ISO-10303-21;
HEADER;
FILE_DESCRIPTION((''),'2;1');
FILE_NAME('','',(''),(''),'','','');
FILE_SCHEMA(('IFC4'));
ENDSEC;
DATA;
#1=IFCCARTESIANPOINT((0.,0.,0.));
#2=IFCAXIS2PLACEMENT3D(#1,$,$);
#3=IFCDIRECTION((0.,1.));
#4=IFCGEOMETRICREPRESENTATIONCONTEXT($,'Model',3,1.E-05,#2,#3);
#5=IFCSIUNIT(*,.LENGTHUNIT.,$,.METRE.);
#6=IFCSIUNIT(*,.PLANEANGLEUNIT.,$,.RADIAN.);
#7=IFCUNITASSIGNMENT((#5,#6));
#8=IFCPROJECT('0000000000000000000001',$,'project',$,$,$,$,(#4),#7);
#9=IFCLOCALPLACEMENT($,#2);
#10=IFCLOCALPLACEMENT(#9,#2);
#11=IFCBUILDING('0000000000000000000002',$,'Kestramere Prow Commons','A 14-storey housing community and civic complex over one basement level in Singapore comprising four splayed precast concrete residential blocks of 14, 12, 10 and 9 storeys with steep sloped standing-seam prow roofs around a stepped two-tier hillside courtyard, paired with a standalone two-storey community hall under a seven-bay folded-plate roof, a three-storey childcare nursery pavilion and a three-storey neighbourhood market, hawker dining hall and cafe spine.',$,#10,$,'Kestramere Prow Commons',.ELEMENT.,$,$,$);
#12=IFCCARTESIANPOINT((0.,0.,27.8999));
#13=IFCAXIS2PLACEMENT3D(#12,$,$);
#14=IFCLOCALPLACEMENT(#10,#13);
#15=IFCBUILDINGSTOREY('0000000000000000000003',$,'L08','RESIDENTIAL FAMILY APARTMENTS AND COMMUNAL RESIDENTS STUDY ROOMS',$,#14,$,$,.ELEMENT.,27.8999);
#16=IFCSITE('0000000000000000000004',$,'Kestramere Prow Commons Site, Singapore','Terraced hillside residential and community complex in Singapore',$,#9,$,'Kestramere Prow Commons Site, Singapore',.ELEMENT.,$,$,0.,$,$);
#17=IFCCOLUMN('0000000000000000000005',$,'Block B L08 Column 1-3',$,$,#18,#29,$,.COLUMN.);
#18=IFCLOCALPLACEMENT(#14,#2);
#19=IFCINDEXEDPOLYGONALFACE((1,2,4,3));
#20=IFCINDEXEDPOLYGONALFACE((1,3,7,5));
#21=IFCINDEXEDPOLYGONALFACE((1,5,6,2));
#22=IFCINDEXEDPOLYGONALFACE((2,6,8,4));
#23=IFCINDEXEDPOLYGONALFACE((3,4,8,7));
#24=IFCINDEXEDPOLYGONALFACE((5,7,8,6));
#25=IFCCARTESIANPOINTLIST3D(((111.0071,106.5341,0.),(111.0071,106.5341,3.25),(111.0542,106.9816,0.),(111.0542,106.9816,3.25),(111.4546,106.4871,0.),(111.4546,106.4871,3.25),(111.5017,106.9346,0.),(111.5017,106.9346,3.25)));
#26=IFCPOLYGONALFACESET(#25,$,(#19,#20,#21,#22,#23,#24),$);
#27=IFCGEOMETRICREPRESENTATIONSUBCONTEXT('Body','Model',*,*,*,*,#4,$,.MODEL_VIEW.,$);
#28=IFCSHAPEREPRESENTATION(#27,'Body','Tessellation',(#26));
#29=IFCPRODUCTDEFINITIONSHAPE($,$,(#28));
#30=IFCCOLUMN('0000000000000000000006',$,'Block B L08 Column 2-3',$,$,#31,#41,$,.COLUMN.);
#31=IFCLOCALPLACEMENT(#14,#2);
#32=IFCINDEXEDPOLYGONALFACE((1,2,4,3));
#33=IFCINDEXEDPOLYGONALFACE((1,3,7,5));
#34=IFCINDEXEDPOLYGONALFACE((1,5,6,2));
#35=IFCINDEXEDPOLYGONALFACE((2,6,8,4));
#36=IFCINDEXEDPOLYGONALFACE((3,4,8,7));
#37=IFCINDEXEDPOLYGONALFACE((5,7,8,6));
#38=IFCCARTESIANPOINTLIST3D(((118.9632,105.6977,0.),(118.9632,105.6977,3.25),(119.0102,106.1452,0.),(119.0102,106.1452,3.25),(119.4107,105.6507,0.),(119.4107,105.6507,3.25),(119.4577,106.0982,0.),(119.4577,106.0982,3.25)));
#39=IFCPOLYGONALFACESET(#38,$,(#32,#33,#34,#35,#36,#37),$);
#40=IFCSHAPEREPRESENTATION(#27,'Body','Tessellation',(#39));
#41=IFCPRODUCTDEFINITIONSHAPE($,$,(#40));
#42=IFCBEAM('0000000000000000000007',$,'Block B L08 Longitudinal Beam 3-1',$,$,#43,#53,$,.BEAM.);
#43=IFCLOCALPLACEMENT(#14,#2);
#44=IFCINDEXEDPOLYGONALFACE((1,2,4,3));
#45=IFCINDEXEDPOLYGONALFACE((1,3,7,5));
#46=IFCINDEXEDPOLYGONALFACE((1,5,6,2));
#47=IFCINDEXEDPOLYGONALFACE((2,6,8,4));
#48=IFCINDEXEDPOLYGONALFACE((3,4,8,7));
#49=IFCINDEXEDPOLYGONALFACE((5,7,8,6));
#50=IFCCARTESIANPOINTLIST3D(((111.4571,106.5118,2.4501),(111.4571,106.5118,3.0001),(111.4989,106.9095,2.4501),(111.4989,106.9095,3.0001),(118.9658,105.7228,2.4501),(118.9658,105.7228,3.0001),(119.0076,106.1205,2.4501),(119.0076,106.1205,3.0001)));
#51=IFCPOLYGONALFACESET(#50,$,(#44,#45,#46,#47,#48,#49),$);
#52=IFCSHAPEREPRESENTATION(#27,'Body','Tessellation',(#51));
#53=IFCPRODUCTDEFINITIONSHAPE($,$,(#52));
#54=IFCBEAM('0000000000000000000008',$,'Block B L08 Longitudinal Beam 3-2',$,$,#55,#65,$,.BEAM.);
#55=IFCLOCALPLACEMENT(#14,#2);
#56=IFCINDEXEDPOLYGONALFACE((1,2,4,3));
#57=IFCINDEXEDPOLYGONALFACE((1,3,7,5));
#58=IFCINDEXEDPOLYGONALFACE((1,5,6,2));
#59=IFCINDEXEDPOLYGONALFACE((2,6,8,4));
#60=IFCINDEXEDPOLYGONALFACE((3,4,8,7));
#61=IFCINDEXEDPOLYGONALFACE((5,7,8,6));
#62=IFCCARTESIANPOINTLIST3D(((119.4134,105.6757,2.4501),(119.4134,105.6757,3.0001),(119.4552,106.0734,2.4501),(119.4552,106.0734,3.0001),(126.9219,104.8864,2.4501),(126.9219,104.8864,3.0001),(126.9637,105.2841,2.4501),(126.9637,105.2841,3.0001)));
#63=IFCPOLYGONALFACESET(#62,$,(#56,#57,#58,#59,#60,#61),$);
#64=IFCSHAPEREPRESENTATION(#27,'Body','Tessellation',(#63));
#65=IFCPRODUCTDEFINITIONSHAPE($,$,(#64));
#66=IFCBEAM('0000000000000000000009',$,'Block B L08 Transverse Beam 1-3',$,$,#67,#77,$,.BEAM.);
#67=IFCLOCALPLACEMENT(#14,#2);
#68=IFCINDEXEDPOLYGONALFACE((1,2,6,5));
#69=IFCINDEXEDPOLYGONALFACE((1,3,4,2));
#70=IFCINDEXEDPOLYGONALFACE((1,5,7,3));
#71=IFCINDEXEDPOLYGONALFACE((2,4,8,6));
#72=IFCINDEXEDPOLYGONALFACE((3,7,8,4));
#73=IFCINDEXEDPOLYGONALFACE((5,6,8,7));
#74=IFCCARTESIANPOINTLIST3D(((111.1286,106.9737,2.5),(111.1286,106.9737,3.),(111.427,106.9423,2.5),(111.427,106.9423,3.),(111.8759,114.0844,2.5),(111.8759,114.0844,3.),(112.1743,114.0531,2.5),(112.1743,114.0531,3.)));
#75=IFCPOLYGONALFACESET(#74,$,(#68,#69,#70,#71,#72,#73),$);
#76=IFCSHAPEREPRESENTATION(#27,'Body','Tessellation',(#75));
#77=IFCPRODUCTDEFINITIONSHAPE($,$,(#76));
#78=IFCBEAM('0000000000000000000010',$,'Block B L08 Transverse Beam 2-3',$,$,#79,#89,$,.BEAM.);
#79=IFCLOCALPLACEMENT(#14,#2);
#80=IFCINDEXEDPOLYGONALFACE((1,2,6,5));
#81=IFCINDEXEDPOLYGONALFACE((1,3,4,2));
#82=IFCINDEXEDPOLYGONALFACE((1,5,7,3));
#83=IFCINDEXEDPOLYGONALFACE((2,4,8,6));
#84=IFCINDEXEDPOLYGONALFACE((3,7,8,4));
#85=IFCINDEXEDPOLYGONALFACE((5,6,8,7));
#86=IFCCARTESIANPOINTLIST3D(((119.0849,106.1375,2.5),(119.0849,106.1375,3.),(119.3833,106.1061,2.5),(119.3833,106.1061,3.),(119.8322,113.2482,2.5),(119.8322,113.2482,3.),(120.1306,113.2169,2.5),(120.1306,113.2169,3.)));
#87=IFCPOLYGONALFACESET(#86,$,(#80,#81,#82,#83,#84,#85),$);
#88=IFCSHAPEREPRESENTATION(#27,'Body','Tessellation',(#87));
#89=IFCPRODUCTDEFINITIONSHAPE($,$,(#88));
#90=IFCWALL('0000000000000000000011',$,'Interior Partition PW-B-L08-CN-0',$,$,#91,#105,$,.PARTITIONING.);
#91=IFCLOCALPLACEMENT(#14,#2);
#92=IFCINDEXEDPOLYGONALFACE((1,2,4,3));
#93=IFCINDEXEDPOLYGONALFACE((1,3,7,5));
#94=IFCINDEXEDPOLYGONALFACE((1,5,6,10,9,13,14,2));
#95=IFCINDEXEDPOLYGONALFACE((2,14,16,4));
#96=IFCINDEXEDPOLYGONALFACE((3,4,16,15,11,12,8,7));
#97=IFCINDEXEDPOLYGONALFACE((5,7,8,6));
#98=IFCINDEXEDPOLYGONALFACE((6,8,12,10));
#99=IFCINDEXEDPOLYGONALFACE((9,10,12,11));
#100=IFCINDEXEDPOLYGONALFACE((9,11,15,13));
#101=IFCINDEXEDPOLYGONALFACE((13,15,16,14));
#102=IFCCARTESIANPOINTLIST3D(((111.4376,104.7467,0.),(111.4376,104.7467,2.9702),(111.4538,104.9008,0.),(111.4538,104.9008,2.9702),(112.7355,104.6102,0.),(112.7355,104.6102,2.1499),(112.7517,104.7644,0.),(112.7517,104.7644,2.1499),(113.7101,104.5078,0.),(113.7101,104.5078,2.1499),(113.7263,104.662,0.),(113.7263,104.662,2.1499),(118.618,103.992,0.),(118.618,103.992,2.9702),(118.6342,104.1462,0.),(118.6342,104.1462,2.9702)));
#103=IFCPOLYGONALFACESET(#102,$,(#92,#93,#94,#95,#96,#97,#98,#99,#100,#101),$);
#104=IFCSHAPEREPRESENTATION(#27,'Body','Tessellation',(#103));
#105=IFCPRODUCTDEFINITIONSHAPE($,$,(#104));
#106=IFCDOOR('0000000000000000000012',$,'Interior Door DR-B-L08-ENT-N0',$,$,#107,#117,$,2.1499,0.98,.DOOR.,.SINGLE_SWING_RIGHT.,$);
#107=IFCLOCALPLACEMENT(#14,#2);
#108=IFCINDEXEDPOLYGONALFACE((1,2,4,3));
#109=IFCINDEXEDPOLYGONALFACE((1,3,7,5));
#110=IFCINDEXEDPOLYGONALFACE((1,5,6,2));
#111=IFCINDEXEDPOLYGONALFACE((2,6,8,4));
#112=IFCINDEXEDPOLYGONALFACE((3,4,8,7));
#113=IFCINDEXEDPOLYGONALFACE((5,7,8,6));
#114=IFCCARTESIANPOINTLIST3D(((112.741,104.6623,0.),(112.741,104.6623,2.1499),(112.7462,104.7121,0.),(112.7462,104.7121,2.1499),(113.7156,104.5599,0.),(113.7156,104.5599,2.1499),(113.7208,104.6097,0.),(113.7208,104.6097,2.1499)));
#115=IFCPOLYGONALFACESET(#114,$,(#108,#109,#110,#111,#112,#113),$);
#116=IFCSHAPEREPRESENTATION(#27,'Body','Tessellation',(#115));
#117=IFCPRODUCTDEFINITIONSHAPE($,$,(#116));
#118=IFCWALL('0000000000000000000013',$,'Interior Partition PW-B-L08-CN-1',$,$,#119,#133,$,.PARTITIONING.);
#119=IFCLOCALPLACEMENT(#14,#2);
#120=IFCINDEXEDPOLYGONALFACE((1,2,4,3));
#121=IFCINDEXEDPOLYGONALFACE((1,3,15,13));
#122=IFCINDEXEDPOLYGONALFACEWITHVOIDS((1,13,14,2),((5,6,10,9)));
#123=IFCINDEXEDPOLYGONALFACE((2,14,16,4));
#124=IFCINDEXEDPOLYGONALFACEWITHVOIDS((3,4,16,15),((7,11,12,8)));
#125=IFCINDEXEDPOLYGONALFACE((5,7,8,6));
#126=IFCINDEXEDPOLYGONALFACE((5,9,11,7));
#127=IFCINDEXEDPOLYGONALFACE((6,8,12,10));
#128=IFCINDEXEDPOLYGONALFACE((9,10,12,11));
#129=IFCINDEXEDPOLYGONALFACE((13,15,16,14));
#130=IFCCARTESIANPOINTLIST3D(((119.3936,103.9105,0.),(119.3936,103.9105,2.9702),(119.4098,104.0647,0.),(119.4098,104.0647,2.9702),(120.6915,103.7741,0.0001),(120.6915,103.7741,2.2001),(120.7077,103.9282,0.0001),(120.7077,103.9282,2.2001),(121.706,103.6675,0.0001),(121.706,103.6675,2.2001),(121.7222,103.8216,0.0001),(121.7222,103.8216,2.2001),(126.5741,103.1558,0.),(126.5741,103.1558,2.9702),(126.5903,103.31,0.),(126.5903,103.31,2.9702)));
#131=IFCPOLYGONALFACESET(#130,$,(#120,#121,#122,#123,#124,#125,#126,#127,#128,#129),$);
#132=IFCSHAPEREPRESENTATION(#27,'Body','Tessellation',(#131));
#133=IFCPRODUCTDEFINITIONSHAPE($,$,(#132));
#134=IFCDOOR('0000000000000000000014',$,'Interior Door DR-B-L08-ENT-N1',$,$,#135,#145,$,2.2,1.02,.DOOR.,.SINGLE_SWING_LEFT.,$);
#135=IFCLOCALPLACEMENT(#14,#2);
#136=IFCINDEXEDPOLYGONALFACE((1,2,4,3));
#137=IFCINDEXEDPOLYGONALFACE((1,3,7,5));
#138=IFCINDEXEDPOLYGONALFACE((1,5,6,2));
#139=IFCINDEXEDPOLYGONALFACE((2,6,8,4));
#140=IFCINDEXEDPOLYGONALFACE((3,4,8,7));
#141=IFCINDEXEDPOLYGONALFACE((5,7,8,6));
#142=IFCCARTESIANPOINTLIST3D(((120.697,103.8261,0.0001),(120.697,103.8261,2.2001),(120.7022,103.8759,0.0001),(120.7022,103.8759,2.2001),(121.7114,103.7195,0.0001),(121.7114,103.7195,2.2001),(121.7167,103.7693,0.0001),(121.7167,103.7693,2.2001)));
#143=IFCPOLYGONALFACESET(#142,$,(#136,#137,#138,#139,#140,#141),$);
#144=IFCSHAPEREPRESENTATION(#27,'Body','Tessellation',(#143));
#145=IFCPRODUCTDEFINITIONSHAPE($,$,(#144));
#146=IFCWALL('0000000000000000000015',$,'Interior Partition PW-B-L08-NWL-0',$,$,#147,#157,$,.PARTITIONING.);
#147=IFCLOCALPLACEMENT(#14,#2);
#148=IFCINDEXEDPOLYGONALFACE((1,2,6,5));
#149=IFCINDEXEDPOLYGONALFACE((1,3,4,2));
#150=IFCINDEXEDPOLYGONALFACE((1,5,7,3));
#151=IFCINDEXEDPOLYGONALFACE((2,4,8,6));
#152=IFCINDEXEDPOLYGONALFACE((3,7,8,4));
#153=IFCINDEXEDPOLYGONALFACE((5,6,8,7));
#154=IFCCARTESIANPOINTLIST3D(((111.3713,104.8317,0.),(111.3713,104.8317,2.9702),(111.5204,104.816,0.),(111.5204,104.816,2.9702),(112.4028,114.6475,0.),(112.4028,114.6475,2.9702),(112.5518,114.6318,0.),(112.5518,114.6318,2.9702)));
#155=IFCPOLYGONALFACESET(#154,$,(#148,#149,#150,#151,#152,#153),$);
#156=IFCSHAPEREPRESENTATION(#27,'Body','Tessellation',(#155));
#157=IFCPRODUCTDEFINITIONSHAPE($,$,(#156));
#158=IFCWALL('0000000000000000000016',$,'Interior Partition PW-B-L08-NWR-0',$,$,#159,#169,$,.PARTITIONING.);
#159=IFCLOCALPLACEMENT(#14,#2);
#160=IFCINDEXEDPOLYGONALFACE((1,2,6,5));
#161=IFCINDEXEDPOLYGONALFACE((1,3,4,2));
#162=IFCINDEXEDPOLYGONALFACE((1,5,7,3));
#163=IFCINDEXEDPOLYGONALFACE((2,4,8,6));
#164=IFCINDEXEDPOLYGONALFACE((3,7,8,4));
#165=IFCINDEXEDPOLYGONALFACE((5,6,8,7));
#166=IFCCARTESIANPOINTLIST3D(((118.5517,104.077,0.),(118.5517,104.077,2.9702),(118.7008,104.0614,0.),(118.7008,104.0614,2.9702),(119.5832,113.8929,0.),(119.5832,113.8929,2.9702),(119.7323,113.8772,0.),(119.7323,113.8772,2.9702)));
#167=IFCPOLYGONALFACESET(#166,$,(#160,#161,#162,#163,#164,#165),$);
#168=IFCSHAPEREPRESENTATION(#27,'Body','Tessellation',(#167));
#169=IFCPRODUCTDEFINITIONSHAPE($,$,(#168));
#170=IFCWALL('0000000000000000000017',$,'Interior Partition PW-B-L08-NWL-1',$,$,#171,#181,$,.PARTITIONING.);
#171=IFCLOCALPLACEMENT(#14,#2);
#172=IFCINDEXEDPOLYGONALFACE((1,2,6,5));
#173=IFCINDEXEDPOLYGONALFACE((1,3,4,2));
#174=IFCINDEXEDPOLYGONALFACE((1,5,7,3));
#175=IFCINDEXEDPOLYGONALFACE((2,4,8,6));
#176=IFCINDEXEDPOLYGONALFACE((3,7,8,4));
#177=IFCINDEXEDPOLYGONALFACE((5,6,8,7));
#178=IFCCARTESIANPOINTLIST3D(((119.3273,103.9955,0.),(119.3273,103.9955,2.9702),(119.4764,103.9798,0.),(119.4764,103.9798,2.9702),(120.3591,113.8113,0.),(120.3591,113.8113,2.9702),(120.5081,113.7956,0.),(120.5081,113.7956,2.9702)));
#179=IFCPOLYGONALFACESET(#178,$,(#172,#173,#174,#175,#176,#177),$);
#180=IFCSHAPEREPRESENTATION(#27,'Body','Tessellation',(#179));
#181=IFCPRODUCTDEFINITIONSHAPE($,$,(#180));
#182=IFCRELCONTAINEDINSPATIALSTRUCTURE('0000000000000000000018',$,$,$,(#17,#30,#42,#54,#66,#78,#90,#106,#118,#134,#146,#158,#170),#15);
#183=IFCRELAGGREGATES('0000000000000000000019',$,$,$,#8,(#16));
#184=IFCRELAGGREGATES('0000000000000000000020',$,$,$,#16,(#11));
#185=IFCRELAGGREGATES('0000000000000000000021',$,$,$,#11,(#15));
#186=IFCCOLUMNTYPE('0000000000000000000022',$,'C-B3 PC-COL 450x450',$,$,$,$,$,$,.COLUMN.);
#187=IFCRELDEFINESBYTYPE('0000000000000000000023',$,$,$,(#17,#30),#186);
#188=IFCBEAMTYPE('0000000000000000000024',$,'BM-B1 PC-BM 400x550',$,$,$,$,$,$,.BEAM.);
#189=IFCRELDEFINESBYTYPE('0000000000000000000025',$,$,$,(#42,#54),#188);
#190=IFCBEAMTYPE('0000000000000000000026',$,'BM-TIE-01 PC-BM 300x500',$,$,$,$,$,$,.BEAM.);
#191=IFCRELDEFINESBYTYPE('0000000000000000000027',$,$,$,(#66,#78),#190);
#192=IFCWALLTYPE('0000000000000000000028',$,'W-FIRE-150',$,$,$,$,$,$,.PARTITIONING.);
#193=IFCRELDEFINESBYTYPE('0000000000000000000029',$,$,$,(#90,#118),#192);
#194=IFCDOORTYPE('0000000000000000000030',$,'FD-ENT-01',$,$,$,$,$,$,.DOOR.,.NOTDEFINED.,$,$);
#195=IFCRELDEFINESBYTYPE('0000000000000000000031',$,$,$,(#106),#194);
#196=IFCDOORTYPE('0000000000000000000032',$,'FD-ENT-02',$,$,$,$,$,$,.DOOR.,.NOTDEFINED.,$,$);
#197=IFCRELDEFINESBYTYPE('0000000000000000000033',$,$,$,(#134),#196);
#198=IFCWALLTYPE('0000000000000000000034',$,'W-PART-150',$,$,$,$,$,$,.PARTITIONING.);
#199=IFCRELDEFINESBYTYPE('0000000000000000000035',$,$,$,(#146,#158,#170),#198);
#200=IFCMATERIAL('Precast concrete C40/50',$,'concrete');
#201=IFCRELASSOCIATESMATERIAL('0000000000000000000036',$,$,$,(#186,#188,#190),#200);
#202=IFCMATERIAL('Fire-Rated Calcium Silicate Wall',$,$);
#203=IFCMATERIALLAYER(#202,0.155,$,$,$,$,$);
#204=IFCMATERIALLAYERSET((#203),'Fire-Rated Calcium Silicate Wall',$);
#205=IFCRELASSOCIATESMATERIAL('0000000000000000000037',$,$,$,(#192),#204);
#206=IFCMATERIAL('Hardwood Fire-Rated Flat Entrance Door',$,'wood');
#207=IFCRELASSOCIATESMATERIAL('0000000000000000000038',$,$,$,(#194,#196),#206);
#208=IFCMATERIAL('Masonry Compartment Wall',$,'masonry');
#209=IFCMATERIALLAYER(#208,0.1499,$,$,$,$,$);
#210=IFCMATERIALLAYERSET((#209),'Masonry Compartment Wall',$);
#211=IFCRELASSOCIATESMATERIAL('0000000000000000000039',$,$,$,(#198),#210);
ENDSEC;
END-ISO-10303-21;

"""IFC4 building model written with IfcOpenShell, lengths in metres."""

from ifc_helpers import new_model, si_unit, direction, frame, frame_2d, origin, origin_2d, place, context, subcontext, project, spatial, rectangle, extrude, material, layer, layer_set, material_profile, profile_set, type_object, element, fill, save


model = new_model("IFC4")

# Units and contexts
model_context = context("Model", 3, precision=1e-05, world=origin(), true_north=direction((0.0, 1.0)))
body_context = subcontext(model_context, "Body", "Model", "MODEL_VIEW")
ifc_project = project(units=[si_unit("LENGTHUNIT", "METRE"), si_unit("PLANEANGLEUNIT", "RADIAN")], contexts=[model_context])

# Site, building, storey
site_placement = place(None, origin())
site = spatial("IfcSite", under=ifc_project, at=site_placement, Name="Kestramere Prow Commons Site, Singapore", Description="Terraced hillside residential and community complex in Singapore", LongName="Kestramere Prow Commons Site, Singapore", CompositionType="ELEMENT", RefElevation=0.0)
building_placement = place(site_placement, origin())
building = spatial("IfcBuilding", under=site, at=building_placement, Name="Kestramere Prow Commons", Description="A 14-storey housing community and civic complex over one basement level in Singapore comprising four splayed precast concrete residential blocks of 14, 12, 10 and 9 storeys with steep sloped standing-seam prow roofs around a stepped two-tier hillside courtyard, paired with a standalone two-storey community hall under a seven-bay folded-plate roof, a three-storey childcare nursery pavilion and a three-storey neighbourhood market, hawker dining hall and cafe spine.", LongName="Kestramere Prow Commons", CompositionType="ELEMENT")
storey_placement = place(building_placement, frame((0.0, 0.0, 27.8999)))
storey = spatial("IfcBuildingStorey", under=building, at=storey_placement, Name="L08", Description="RESIDENTIAL FAMILY APARTMENTS AND COMMUNAL RESIDENTS STUDY ROOMS", CompositionType="ELEMENT", Elevation=27.8999)

# Columns
ifc_material_1 = material(Name="Precast concrete C40/50", Category="concrete")
ifc_material_profile_1 = material_profile(ifc_material_1, rectangle(XDim=0.45, YDim=0.45, at=origin_2d()), Name="PC-COL 450x450")
ifc_profile_set_1 = profile_set([ifc_material_profile_1], Name="Precast concrete C40/50")
column_type = type_object("IfcColumnType", Name="C-B3 PC-COL 450x450", PredefinedType="COLUMN", material=ifc_profile_set_1)
for number, where, z_axis, x_axis, name in (
    (1, (111.2544, 106.7344, 0.0), (0.0, 0.0, 1.0), (0.994522, -0.104528, 0.0), "Block B L08 Column 1-3"),
    (2, (119.2104, 105.8979, 0.0), (0.0, 0.0, 1.0), (0.994522, -0.104528, 0.0), "Block B L08 Column 2-3"),
):
    element("IfcColumn", number, at=place(storey_placement, frame(where, z_axis=z_axis, x_axis=x_axis)), inside=storey, type_object=column_type, Name=name, PredefinedType="COLUMN", context=body_context, shape_type="SweptSolid", body=[
        extrude(rectangle(XDim=0.45, YDim=0.45, at=origin_2d()), origin(), (0.0, 0.0, 1.0), 3.25),
    ])

# Beams
ifc_material_profile_2 = material_profile(ifc_material_1, rectangle(XDim=0.3999, YDim=0.55, at=origin_2d()), Name="PC-BM 400x550")
ifc_profile_set_2 = profile_set([ifc_material_profile_2], Name="Precast concrete C40/50")
beam_type_1 = type_object("IfcBeamType", Name="BM-B1 PC-BM 400x550", PredefinedType="BEAM", material=ifc_profile_set_2)
beam_1_placement = place(storey_placement, frame((111.478, 106.7107, 2.7251), z_axis=(0.994524, -0.10451, 0.0), x_axis=(0.10451, 0.994524, 0.0)))
element("IfcBeam", 3, at=beam_1_placement, inside=storey, type_object=beam_type_1, Name="Block B L08 Longitudinal Beam 3-1", PredefinedType="BEAM", context=body_context, shape_type="SweptSolid", body=[
    extrude(rectangle(XDim=0.3999, YDim=0.55, at=origin_2d()), origin(), (0.0, 0.0, 1.0), 7.55),
])
beam_2_placement = place(storey_placement, frame((119.4343, 105.8745, 2.7251), z_axis=(0.99452, -0.104545, 0.0), x_axis=(0.104545, 0.99452, 0.0)))
element("IfcBeam", 4, at=beam_2_placement, inside=storey, type_object=beam_type_1, Name="Block B L08 Longitudinal Beam 3-2", PredefinedType="BEAM", context=body_context, shape_type="SweptSolid", body=[
    extrude(rectangle(XDim=0.3999, YDim=0.55, at=origin_2d()), origin(), (0.0, 0.0, 1.0), 7.5498),
])
ifc_material_profile_3 = material_profile(ifc_material_1, rectangle(XDim=0.3, YDim=0.5, at=origin_2d()), Name="PC-BM 300x500")
ifc_profile_set_3 = profile_set([ifc_material_profile_3], Name="Precast concrete C40/50")
beam_type_2 = type_object("IfcBeamType", Name="BM-TIE-01 PC-BM 300x500", PredefinedType="BEAM", material=ifc_profile_set_3)
for number, where, z_axis, x_axis, name in (
    (5, (111.2778, 106.958, 2.75), (0.104519, 0.994523, 0.0), (-0.994523, 0.104519, 0.0), "Block B L08 Transverse Beam 1-3"),
    (6, (119.2341, 106.1218, 2.75), (0.104519, 0.994523, 0.0), (-0.994523, 0.104519, 0.0), "Block B L08 Transverse Beam 2-3"),
):
    element("IfcBeam", number, at=place(storey_placement, frame(where, z_axis=z_axis, x_axis=x_axis)), inside=storey, type_object=beam_type_2, Name=name, PredefinedType="BEAM", context=body_context, shape_type="SweptSolid", body=[
        extrude(rectangle(XDim=0.3, YDim=0.5, at=origin_2d()), origin(), (0.0, 0.0, 1.0), 7.1499),
    ])

# Walls, openings, doors
ifc_material_2 = material(Name="Fire-Rated Calcium Silicate Wall")
ifc_layer_1 = layer(ifc_material_2, 0.155)
ifc_layer_set_1 = layer_set([ifc_layer_1], Name="Fire-Rated Calcium Silicate Wall")
wall_type_1 = type_object("IfcWallType", Name="W-FIRE-150", PredefinedType="PARTITIONING", material=ifc_layer_set_1)
wall_1_placement = place(storey_placement, frame((111.4458, 104.8237, 0.0), z_axis=(0.0, 0.0, 1.0), x_axis=(0.994523, -0.104521, 0.0)))
wall_1 = element("IfcWall", 7, at=wall_1_placement, inside=storey, type_object=wall_type_1, Name="Interior Partition PW-B-L08-CN-0", PredefinedType="PARTITIONING", context=body_context, shape_type="SweptSolid", body=[
    extrude(rectangle(XDim=7.22, YDim=0.155, at=frame_2d((3.6099, 0.0))), origin(), (0.0, 0.0, 1.0), 2.9702),
])
opening_1_placement = place(wall_1_placement, frame((1.3049, 0.0, 0.0)))
opening_1 = element("IfcOpeningElement", 8, at=opening_1_placement, cuts=wall_1, PredefinedType="OPENING", context=body_context, shape_type="SweptSolid", body=[
    extrude(rectangle(XDim=0.98, YDim=2.1499, at=frame_2d((0.49, 1.075))), frame((0.0, 0.0925, 0.0), z_axis=(0.0, -1.0, 0.0), x_axis=(1.0, 0.0, 0.0)), (0.0, 0.0, 1.0), 0.1851),
])
ifc_material_3 = material(Name="Hardwood Fire-Rated Flat Entrance Door", Category="wood")
door_type_1 = type_object("IfcDoorType", Name="FD-ENT-01", OperationType="NOTDEFINED", PredefinedType="DOOR", material=ifc_material_3)
door_1_placement = place(opening_1_placement, origin())
door_1 = element("IfcDoor", 9, at=door_1_placement, inside=storey, type_object=door_type_1, Name="Interior Door DR-B-L08-ENT-N0", OperationType="SINGLE_SWING_RIGHT", OverallHeight=2.1499, OverallWidth=0.98, PredefinedType="DOOR", context=body_context, shape_type="SweptSolid", body=[
    extrude(rectangle(XDim=0.98, YDim=2.1499, at=frame_2d((0.49, 1.075))), frame((0.0, 0.0249, 0.0), z_axis=(0.0, -1.0, 0.0), x_axis=(1.0, 0.0, 0.0)), (0.0, 0.0, 1.0), 0.05),
])
fill(opening_1, door_1)
wall_2_placement = place(storey_placement, frame((119.4019, 103.9875, 0.0), z_axis=(0.0, 0.0, 1.0), x_axis=(0.994523, -0.104521, 0.0)))
wall_2 = element("IfcWall", 10, at=wall_2_placement, inside=storey, type_object=wall_type_1, Name="Interior Partition PW-B-L08-CN-1", PredefinedType="PARTITIONING", context=body_context, shape_type="SweptSolid", body=[
    extrude(rectangle(XDim=7.22, YDim=0.155, at=frame_2d((3.6099, 0.0))), origin(), (0.0, 0.0, 1.0), 2.9702),
])
opening_2_placement = place(wall_2_placement, frame((1.3049, 0.0, 0.0)))
opening_2 = element("IfcOpeningElement", 11, at=opening_2_placement, cuts=wall_2, PredefinedType="OPENING", context=body_context, shape_type="SweptSolid", body=[
    extrude(rectangle(XDim=1.02, YDim=2.2, at=frame_2d((0.51, 1.1001))), frame((0.0, 0.0925, 0.0), z_axis=(0.0, -1.0, 0.0), x_axis=(1.0, 0.0, 0.0)), (0.0, 0.0, 1.0), 0.1851),
])
door_type_2 = type_object("IfcDoorType", Name="FD-ENT-02", OperationType="NOTDEFINED", PredefinedType="DOOR", material=ifc_material_3)
door_2_placement = place(opening_2_placement, origin())
door_2 = element("IfcDoor", 12, at=door_2_placement, inside=storey, type_object=door_type_2, Name="Interior Door DR-B-L08-ENT-N1", OperationType="SINGLE_SWING_LEFT", OverallHeight=2.2, OverallWidth=1.02, PredefinedType="DOOR", context=body_context, shape_type="SweptSolid", body=[
    extrude(rectangle(XDim=1.02, YDim=2.2, at=frame_2d((0.51, 1.1001))), frame((0.0, 0.0249, 0.0), z_axis=(0.0, -1.0, 0.0), x_axis=(1.0, 0.0, 0.0)), (0.0, 0.0, 1.0), 0.05),
])
fill(opening_2, door_2)

# Walls
ifc_material_4 = material(Name="Masonry Compartment Wall", Category="masonry")
ifc_layer_2 = layer(ifc_material_4, 0.1499)
ifc_layer_set_2 = layer_set([ifc_layer_2], Name="Masonry Compartment Wall")
wall_type_2 = type_object("IfcWallType", Name="W-PART-150", PredefinedType="PARTITIONING", material=ifc_layer_set_2)
for number, where, z_axis, x_axis, name in (
    (13, (111.4458, 104.8237, 0.0), (0.0, 0.0, 1.0), (0.104508, 0.994524, 0.0), "Interior Partition PW-B-L08-NWL-0"),
    (14, (118.6262, 104.0691, 0.0), (0.0, 0.0, 1.0), (0.104508, 0.994524, 0.0), "Interior Partition PW-B-L08-NWR-0"),
    (15, (119.4019, 103.9875, 0.0), (0.0, 0.0, 1.0), (0.104533, 0.994521, 0.0), "Interior Partition PW-B-L08-NWL-1"),
):
    element("IfcWall", number, at=place(storey_placement, frame(where, z_axis=z_axis, x_axis=x_axis)), inside=storey, type_object=wall_type_2, Name=name, PredefinedType="PARTITIONING", context=body_context, shape_type="SweptSolid", body=[
        extrude(rectangle(XDim=9.8699, YDim=0.1499, at=frame_2d((4.9351, 0.0))), origin(), (0.0, 0.0, 1.0), 2.9702),
    ])

save(model, "model.ifc")
